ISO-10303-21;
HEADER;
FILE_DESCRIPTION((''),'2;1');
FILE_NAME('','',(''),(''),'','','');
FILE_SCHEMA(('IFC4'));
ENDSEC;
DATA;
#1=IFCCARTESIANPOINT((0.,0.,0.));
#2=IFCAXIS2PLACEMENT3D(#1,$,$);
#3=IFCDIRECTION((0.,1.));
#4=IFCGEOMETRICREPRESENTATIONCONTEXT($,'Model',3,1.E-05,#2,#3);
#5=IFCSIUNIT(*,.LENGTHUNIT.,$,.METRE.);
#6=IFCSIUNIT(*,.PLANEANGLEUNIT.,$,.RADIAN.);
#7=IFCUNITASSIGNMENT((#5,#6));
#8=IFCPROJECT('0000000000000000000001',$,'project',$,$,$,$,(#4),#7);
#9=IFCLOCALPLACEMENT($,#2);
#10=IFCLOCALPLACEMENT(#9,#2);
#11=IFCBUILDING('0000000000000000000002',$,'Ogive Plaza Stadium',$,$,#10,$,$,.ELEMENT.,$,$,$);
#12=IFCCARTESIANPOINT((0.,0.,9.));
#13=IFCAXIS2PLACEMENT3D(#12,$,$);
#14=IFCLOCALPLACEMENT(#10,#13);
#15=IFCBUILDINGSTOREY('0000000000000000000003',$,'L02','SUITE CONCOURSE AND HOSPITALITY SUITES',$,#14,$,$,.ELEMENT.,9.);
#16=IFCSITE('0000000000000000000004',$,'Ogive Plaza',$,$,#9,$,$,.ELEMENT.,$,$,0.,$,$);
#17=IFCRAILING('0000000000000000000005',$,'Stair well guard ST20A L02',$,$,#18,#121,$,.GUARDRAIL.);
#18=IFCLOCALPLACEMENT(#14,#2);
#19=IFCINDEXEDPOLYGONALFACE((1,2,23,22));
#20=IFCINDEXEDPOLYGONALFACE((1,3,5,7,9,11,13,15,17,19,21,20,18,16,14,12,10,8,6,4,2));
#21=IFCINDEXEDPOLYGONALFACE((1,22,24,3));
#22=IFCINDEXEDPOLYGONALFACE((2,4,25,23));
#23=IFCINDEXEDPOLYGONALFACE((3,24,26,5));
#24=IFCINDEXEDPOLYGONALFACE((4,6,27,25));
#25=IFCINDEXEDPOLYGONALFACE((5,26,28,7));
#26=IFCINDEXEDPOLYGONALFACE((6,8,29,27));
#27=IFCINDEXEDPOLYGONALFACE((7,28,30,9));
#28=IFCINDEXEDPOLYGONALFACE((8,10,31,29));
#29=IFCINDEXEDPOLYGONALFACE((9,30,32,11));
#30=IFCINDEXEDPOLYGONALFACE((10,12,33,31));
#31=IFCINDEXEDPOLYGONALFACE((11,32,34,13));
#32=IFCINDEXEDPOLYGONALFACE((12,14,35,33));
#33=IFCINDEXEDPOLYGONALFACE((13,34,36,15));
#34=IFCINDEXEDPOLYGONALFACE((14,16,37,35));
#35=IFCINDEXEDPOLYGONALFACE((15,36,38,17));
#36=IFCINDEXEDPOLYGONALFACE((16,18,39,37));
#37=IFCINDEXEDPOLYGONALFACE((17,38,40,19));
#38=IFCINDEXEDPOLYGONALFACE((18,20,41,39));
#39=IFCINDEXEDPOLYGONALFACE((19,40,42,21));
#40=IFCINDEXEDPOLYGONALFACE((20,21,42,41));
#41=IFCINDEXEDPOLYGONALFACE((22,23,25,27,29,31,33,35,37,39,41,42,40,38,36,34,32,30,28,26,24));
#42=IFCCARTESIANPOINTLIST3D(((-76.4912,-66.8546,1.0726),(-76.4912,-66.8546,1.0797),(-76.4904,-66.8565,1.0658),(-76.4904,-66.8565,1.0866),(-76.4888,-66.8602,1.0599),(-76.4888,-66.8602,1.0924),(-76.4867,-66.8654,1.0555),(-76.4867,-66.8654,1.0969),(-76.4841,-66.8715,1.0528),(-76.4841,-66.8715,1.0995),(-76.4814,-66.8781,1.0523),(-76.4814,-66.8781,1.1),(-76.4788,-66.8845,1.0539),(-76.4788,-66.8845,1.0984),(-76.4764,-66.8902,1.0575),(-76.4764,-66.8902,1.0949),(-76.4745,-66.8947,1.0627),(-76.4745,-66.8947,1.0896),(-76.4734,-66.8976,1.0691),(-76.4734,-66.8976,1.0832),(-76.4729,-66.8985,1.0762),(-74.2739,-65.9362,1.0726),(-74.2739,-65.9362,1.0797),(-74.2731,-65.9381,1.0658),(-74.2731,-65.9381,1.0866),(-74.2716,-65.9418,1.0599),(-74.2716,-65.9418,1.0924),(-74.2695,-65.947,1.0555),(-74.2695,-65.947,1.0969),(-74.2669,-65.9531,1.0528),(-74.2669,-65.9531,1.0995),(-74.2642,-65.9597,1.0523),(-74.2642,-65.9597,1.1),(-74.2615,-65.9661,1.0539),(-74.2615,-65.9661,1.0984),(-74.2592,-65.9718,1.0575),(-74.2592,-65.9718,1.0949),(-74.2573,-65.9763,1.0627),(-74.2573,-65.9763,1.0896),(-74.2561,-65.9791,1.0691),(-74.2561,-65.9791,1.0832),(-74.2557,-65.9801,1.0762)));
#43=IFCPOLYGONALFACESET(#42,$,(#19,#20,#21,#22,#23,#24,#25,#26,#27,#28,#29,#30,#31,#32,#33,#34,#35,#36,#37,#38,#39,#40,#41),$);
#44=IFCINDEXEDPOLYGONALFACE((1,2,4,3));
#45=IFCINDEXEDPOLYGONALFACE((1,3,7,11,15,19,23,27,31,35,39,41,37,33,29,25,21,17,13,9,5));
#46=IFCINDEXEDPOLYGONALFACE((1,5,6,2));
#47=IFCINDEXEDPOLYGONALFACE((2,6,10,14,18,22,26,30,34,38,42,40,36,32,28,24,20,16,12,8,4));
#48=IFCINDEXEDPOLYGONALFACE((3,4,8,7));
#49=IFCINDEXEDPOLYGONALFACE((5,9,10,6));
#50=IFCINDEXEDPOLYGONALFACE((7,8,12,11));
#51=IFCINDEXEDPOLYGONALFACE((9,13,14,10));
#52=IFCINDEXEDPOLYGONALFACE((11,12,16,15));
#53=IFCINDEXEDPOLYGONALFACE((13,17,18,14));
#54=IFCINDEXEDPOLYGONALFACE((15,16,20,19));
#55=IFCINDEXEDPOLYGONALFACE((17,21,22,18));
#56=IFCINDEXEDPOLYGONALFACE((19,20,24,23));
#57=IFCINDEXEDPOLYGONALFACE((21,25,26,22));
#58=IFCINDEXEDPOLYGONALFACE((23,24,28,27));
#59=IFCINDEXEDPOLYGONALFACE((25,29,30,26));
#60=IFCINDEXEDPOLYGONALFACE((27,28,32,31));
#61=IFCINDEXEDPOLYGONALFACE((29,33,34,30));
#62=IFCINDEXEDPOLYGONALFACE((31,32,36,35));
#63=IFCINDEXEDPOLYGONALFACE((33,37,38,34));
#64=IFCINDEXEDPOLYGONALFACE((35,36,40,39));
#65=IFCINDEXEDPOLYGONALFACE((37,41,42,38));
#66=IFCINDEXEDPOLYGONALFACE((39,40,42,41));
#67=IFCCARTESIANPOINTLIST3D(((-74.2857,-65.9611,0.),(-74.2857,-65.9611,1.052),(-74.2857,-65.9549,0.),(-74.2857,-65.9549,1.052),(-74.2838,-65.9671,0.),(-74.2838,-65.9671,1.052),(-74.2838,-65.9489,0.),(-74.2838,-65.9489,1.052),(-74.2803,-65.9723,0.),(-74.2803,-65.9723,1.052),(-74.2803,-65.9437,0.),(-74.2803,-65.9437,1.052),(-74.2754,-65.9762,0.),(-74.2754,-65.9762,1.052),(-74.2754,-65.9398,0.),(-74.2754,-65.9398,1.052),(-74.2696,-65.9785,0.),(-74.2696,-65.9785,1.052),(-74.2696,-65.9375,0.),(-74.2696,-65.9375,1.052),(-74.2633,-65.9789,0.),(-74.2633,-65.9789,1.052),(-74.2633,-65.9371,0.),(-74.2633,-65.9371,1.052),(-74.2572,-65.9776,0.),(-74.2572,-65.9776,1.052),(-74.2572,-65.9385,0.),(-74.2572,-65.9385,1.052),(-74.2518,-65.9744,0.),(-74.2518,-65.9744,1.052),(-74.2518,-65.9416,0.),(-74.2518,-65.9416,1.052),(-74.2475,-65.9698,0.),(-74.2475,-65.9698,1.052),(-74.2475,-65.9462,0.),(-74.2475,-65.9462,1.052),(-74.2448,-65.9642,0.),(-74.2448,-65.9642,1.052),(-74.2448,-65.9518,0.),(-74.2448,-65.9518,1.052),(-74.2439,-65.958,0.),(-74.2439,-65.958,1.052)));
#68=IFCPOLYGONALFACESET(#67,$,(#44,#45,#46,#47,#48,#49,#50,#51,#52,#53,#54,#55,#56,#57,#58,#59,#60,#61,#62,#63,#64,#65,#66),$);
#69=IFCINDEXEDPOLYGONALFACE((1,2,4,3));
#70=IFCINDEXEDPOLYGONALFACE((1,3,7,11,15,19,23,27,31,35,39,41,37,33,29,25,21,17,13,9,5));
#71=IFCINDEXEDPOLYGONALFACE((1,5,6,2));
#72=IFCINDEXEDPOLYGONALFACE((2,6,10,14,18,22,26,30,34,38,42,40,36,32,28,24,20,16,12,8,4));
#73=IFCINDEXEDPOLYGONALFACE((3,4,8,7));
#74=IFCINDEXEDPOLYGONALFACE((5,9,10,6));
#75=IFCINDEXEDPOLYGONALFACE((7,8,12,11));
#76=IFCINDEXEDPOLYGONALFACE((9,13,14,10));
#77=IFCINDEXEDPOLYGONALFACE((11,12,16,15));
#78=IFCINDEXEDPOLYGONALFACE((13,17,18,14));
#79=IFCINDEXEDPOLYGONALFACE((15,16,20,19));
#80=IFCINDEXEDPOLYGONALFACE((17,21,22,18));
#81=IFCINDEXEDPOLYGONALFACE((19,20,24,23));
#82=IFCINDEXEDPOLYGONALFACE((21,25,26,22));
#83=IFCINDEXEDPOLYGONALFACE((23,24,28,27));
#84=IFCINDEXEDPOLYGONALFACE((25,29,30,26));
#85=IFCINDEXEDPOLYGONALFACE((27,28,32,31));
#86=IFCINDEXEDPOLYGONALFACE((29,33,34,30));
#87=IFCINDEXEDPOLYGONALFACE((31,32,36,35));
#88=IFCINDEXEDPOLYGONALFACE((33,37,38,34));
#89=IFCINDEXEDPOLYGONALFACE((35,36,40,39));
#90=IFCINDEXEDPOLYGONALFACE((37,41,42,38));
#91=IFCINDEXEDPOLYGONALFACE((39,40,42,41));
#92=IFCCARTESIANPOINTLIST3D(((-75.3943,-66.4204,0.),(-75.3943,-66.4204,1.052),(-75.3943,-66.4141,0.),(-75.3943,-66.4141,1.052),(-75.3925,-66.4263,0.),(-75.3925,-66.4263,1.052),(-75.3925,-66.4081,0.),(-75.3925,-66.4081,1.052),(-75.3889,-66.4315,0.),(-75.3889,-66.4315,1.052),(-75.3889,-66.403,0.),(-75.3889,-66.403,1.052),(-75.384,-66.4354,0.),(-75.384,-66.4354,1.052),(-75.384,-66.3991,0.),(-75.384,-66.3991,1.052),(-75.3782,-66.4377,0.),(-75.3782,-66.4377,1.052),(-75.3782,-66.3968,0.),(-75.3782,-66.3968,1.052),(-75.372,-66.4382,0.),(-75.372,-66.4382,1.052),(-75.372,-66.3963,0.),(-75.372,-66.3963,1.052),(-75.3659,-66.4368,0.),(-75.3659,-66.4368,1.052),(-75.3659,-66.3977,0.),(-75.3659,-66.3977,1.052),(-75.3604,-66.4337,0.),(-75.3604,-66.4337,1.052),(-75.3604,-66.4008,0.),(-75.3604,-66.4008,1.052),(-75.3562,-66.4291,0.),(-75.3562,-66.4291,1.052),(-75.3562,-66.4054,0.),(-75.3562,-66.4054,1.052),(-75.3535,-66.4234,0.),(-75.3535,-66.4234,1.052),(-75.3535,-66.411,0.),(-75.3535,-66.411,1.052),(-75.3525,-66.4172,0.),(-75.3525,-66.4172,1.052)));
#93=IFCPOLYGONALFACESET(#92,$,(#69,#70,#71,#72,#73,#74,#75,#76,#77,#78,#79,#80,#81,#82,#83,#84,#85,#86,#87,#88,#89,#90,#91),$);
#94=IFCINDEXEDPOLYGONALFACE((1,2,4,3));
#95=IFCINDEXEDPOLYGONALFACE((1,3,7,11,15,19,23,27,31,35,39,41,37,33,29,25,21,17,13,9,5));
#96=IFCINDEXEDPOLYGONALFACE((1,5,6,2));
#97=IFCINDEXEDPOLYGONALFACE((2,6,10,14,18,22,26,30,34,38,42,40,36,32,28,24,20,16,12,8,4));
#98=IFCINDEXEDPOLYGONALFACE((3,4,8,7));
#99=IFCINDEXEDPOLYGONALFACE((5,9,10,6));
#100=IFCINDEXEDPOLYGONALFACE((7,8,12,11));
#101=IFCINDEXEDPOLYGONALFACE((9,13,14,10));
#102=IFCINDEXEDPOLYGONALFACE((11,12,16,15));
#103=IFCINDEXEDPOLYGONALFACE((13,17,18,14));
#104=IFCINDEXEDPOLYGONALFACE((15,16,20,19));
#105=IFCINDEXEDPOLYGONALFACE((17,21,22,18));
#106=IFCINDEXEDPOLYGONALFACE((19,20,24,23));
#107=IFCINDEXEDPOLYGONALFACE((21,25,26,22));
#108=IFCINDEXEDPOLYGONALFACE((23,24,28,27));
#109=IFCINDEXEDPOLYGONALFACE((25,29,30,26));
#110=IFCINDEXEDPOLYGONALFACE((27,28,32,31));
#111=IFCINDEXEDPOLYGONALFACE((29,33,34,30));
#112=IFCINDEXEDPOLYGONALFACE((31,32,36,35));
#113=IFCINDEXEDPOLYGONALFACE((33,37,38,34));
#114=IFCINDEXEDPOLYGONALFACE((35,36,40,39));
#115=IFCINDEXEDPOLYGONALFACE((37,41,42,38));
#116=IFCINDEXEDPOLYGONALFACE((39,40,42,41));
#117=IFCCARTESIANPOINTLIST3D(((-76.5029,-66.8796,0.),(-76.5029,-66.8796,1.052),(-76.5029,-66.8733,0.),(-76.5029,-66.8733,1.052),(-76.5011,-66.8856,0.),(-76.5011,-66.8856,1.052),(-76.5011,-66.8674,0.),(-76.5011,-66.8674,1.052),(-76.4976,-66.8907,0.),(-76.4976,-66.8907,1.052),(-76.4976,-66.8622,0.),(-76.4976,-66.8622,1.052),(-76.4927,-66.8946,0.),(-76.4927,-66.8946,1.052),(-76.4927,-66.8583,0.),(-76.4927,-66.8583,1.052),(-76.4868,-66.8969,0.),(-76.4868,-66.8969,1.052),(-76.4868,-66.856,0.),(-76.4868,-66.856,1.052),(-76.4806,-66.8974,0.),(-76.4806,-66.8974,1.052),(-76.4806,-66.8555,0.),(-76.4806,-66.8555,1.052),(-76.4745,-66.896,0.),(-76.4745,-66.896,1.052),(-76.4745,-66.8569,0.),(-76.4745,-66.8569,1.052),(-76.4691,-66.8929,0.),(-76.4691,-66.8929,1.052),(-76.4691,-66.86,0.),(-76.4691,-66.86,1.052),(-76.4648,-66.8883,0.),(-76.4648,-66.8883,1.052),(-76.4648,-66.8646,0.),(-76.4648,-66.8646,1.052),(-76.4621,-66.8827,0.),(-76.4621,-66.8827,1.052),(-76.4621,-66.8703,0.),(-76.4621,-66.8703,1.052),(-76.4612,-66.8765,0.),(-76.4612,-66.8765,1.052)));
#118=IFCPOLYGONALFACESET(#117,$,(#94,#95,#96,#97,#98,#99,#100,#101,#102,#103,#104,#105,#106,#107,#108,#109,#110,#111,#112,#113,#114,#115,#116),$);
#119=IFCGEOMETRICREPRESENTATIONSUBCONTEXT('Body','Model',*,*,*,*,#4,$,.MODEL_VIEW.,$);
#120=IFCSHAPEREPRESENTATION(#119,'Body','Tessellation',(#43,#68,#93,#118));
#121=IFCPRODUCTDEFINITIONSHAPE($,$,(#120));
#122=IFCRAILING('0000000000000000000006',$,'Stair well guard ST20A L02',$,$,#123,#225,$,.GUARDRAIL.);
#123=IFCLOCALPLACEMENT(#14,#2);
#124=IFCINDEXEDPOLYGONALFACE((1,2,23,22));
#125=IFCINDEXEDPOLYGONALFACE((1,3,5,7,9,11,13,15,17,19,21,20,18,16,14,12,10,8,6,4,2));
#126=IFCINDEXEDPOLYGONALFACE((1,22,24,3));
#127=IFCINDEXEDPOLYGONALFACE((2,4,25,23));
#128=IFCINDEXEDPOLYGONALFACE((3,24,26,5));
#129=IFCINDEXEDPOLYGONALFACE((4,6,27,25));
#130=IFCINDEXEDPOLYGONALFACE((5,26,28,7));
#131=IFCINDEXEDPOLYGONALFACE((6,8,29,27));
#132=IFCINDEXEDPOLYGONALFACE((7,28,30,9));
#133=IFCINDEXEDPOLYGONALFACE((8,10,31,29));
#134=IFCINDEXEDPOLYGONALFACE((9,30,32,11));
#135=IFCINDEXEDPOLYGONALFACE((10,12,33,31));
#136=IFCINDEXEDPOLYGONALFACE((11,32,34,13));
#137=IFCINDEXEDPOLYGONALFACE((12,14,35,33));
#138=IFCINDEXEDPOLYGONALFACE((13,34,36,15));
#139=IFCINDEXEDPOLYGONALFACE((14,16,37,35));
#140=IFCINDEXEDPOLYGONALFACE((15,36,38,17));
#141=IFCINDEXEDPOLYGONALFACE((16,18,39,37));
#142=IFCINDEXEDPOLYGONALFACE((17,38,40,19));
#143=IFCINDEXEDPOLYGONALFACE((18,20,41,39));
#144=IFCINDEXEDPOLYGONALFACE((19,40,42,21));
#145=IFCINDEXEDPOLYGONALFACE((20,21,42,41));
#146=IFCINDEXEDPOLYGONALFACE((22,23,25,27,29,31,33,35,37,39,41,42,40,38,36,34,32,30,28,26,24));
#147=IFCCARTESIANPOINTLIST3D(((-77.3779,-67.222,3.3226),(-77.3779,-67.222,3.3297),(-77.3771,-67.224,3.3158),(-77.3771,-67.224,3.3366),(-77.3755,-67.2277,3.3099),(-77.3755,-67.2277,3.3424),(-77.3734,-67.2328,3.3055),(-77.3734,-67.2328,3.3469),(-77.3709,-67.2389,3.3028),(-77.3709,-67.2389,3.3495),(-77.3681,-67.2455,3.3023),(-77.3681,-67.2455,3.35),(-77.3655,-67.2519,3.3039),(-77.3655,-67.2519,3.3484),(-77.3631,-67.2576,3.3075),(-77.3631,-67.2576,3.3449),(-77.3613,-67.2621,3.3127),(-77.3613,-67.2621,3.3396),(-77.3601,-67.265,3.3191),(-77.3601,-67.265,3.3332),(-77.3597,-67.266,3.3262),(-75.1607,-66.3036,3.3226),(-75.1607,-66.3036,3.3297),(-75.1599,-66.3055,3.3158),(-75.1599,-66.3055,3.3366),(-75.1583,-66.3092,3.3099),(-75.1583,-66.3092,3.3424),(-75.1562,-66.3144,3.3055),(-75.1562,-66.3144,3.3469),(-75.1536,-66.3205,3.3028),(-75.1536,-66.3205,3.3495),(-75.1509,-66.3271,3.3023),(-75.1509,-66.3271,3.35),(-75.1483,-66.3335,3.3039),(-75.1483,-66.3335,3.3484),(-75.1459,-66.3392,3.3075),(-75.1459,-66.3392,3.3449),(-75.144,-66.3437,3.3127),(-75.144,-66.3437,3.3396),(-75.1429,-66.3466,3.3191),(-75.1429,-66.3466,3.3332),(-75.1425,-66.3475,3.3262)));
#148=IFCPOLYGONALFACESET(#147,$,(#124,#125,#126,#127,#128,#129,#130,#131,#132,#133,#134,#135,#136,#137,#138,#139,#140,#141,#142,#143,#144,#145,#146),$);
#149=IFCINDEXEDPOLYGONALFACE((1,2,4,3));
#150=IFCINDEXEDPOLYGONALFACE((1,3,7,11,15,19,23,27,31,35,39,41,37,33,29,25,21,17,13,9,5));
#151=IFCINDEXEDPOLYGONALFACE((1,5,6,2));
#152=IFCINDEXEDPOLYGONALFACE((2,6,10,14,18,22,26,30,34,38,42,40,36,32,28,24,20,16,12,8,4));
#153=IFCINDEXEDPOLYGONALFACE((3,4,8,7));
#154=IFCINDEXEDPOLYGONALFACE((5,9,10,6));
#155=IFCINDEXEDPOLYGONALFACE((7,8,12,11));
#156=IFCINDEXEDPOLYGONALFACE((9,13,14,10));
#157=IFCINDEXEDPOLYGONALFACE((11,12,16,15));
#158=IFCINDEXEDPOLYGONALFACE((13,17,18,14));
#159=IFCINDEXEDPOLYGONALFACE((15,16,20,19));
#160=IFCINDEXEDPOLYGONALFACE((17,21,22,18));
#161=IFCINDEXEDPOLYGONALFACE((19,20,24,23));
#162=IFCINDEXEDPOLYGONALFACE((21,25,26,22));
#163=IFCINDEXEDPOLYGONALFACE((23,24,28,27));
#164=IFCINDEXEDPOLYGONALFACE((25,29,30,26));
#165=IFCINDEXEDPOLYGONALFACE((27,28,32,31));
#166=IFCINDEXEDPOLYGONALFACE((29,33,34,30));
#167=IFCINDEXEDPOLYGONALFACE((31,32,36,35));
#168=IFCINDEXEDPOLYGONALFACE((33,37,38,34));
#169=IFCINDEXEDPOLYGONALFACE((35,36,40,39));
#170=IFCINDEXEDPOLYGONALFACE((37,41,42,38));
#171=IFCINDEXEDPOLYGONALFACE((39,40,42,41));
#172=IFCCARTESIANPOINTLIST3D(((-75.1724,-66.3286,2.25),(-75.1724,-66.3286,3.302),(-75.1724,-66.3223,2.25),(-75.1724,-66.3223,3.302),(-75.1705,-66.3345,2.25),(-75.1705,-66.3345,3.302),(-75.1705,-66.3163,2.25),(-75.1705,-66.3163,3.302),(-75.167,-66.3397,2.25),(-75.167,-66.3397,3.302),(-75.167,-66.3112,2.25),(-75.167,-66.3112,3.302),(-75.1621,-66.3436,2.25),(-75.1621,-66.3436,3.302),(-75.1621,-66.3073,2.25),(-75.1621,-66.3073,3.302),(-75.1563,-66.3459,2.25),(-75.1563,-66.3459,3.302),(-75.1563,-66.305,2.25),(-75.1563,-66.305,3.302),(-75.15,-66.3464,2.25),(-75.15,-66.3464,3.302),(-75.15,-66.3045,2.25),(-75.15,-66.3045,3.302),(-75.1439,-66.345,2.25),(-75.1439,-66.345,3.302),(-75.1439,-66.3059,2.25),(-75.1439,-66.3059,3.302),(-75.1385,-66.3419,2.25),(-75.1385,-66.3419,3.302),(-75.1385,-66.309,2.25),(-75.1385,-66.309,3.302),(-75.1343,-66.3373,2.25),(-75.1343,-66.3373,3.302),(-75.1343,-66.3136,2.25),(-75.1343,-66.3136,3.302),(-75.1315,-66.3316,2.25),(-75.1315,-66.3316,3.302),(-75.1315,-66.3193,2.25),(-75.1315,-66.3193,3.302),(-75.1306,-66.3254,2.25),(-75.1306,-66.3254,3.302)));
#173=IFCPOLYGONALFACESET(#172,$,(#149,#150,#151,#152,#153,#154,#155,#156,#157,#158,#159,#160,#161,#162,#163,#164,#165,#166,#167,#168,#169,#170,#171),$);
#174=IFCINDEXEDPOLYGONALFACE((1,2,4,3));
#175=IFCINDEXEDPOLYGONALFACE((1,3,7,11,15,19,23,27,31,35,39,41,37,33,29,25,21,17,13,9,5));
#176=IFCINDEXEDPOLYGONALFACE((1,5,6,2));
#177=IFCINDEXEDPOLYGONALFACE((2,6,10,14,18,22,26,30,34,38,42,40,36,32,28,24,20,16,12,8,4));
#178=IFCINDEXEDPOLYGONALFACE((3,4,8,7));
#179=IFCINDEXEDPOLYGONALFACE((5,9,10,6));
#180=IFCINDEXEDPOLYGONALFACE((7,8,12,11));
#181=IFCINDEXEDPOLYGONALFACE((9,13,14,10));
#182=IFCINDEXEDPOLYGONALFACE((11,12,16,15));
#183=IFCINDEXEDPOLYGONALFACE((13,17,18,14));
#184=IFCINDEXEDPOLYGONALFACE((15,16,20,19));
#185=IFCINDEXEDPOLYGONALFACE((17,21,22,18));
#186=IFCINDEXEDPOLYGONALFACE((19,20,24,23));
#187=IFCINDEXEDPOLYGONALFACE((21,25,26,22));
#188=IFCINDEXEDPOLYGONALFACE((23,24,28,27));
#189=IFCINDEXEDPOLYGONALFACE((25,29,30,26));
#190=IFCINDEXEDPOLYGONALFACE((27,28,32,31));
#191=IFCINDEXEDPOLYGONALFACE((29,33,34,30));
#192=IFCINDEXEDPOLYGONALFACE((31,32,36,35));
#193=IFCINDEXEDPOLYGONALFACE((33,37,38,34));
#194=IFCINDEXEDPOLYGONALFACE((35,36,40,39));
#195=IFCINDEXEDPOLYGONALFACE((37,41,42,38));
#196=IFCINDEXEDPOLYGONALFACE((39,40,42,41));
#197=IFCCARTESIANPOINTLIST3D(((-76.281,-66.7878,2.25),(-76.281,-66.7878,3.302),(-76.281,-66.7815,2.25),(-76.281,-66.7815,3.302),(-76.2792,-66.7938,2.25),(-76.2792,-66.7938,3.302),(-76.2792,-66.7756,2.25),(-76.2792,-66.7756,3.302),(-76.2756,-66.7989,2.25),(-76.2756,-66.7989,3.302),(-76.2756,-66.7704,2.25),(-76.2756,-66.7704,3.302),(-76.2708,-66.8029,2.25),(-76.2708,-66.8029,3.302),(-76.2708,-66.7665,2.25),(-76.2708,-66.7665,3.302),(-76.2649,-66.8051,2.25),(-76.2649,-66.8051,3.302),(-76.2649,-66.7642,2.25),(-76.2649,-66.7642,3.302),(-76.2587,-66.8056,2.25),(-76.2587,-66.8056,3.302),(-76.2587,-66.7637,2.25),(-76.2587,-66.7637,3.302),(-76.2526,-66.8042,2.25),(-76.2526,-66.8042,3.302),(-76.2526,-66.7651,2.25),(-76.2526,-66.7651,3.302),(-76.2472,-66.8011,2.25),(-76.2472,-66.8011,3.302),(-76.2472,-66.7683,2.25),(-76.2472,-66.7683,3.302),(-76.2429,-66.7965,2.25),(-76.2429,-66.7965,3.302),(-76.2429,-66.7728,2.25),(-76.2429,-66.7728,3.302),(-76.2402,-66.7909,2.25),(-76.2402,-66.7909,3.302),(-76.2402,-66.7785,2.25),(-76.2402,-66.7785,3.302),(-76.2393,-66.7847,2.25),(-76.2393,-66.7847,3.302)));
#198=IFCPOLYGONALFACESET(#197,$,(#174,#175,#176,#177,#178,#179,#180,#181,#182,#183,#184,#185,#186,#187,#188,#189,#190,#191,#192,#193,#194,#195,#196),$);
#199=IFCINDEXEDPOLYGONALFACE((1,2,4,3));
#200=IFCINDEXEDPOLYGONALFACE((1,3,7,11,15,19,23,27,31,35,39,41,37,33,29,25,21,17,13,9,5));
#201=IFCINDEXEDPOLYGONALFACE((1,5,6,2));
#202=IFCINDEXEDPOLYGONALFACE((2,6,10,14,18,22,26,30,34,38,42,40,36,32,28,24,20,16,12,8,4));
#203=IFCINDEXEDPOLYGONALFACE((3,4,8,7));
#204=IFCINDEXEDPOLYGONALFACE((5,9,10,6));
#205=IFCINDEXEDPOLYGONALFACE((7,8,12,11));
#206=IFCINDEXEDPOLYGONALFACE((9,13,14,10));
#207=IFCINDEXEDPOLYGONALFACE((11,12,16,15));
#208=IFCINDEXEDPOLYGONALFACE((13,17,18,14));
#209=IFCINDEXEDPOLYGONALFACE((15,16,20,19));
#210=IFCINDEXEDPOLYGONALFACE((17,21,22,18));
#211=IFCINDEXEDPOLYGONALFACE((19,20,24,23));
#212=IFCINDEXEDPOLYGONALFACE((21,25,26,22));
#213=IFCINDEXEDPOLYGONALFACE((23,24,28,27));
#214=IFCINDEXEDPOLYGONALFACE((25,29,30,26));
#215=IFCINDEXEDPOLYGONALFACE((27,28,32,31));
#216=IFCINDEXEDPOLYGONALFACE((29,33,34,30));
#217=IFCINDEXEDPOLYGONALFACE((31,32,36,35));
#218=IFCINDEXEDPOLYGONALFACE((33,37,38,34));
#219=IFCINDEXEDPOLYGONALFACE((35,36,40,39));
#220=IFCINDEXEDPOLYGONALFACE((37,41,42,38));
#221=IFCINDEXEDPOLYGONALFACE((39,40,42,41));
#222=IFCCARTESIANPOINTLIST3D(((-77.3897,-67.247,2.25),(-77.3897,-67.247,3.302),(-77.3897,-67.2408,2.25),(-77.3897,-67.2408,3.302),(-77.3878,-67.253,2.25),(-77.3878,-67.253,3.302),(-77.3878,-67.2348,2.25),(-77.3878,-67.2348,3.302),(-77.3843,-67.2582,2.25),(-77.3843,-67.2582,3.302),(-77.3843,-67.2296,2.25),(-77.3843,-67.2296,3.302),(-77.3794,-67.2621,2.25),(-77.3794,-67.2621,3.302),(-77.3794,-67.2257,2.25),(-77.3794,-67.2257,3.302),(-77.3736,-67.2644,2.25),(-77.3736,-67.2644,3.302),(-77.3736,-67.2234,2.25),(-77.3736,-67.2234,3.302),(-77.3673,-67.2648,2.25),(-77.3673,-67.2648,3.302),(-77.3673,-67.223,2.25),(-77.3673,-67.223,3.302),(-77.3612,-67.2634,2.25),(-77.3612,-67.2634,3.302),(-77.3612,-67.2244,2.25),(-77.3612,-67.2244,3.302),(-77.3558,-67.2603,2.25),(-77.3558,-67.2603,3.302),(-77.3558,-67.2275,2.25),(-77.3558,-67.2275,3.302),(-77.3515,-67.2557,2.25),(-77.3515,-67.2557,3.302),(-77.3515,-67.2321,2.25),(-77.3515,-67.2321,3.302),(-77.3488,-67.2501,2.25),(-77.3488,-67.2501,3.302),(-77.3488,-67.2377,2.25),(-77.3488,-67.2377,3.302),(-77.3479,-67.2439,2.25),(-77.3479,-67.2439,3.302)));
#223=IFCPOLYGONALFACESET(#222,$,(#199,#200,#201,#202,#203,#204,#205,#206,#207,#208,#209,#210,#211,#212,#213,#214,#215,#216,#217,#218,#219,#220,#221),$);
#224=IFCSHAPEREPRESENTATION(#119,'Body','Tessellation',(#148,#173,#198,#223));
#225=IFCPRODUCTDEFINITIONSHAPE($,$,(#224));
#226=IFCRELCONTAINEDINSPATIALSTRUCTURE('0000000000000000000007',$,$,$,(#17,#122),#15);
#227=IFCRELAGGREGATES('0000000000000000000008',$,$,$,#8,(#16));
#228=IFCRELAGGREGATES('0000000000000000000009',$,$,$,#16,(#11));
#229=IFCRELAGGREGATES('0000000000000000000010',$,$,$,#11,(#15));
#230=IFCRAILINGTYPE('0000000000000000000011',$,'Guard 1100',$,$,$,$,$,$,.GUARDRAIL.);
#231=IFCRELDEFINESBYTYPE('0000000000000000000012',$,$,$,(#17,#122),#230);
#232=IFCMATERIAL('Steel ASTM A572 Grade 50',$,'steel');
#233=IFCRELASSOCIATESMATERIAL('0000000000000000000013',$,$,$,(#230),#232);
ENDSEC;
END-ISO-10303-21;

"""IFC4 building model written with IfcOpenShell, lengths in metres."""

from ifc_helpers import new_model, si_unit, direction, frame, origin, origin_2d, place, context, subcontext, project, spatial, circle, extrude, material, type_object, element, save


model = new_model("IFC4")

# Units and contexts
model_context = context("Model", 3, precision=1e-05, world=origin(), true_north=direction((0.0, 1.0)))
body_context = subcontext(model_context, "Body", "Model", "MODEL_VIEW")
ifc_project = project(units=[si_unit("LENGTHUNIT", "METRE"), si_unit("PLANEANGLEUNIT", "RADIAN")], contexts=[model_context])

# Site, building, storey
site_placement = place(None, origin())
site = spatial("IfcSite", under=ifc_project, at=site_placement, Name="Ogive Plaza", CompositionType="ELEMENT", RefElevation=0.0)
building_placement = place(site_placement, origin())
building = spatial("IfcBuilding", under=site, at=building_placement, Name="Ogive Plaza Stadium", CompositionType="ELEMENT")
storey_placement = place(building_placement, frame((0.0, 0.0, 9.0)))
storey = spatial("IfcBuildingStorey", under=building, at=storey_placement, Name="L02", Description="SUITE CONCOURSE AND HOSPITALITY SUITES", CompositionType="ELEMENT", Elevation=9.0)

# Railings
ifc_material_1 = material(Name="Steel ASTM A572 Grade 50", Category="steel")
railing_type_1 = type_object("IfcRailingType", Name="Guard 1100", PredefinedType="GUARDRAIL", material=ifc_material_1)
for number, where, name in (
    (1, (-74.2649, -65.958, 0.0), "Stair well guard ST20A L02"),
    (2, (-75.1516, -66.3254, 2.25), "Stair well guard ST20A L02"),
):
    element("IfcRailing", number, at=place(storey_placement, frame(where)), inside=storey, type_object=railing_type_1, Name=name, PredefinedType="GUARDRAIL", context=body_context, shape_type="SweptSolid", body=[
        extrude(circle(Radius=0.0239, at=origin_2d()), frame((0.0, 0.0, 1.0762), z_axis=(-0.923875, -0.382693, 0.0), x_axis=(0.382693, -0.923875, 0.0)), (0.0, 0.0, 1.0), 2.3999),
        extrude(circle(Radius=0.021, at=origin_2d()), origin(), (0.0, 0.0, 1.0), 1.052),
        extrude(circle(Radius=0.021, at=origin_2d()), frame((-1.1086, -0.4592, 0.0)), (0.0, 0.0, 1.0), 1.052),
        extrude(circle(Radius=0.021, at=origin_2d()), frame((-2.2173, -0.9185, 0.0)), (0.0, 0.0, 1.0), 1.052),
    ])

save(model, "model.ifc")
